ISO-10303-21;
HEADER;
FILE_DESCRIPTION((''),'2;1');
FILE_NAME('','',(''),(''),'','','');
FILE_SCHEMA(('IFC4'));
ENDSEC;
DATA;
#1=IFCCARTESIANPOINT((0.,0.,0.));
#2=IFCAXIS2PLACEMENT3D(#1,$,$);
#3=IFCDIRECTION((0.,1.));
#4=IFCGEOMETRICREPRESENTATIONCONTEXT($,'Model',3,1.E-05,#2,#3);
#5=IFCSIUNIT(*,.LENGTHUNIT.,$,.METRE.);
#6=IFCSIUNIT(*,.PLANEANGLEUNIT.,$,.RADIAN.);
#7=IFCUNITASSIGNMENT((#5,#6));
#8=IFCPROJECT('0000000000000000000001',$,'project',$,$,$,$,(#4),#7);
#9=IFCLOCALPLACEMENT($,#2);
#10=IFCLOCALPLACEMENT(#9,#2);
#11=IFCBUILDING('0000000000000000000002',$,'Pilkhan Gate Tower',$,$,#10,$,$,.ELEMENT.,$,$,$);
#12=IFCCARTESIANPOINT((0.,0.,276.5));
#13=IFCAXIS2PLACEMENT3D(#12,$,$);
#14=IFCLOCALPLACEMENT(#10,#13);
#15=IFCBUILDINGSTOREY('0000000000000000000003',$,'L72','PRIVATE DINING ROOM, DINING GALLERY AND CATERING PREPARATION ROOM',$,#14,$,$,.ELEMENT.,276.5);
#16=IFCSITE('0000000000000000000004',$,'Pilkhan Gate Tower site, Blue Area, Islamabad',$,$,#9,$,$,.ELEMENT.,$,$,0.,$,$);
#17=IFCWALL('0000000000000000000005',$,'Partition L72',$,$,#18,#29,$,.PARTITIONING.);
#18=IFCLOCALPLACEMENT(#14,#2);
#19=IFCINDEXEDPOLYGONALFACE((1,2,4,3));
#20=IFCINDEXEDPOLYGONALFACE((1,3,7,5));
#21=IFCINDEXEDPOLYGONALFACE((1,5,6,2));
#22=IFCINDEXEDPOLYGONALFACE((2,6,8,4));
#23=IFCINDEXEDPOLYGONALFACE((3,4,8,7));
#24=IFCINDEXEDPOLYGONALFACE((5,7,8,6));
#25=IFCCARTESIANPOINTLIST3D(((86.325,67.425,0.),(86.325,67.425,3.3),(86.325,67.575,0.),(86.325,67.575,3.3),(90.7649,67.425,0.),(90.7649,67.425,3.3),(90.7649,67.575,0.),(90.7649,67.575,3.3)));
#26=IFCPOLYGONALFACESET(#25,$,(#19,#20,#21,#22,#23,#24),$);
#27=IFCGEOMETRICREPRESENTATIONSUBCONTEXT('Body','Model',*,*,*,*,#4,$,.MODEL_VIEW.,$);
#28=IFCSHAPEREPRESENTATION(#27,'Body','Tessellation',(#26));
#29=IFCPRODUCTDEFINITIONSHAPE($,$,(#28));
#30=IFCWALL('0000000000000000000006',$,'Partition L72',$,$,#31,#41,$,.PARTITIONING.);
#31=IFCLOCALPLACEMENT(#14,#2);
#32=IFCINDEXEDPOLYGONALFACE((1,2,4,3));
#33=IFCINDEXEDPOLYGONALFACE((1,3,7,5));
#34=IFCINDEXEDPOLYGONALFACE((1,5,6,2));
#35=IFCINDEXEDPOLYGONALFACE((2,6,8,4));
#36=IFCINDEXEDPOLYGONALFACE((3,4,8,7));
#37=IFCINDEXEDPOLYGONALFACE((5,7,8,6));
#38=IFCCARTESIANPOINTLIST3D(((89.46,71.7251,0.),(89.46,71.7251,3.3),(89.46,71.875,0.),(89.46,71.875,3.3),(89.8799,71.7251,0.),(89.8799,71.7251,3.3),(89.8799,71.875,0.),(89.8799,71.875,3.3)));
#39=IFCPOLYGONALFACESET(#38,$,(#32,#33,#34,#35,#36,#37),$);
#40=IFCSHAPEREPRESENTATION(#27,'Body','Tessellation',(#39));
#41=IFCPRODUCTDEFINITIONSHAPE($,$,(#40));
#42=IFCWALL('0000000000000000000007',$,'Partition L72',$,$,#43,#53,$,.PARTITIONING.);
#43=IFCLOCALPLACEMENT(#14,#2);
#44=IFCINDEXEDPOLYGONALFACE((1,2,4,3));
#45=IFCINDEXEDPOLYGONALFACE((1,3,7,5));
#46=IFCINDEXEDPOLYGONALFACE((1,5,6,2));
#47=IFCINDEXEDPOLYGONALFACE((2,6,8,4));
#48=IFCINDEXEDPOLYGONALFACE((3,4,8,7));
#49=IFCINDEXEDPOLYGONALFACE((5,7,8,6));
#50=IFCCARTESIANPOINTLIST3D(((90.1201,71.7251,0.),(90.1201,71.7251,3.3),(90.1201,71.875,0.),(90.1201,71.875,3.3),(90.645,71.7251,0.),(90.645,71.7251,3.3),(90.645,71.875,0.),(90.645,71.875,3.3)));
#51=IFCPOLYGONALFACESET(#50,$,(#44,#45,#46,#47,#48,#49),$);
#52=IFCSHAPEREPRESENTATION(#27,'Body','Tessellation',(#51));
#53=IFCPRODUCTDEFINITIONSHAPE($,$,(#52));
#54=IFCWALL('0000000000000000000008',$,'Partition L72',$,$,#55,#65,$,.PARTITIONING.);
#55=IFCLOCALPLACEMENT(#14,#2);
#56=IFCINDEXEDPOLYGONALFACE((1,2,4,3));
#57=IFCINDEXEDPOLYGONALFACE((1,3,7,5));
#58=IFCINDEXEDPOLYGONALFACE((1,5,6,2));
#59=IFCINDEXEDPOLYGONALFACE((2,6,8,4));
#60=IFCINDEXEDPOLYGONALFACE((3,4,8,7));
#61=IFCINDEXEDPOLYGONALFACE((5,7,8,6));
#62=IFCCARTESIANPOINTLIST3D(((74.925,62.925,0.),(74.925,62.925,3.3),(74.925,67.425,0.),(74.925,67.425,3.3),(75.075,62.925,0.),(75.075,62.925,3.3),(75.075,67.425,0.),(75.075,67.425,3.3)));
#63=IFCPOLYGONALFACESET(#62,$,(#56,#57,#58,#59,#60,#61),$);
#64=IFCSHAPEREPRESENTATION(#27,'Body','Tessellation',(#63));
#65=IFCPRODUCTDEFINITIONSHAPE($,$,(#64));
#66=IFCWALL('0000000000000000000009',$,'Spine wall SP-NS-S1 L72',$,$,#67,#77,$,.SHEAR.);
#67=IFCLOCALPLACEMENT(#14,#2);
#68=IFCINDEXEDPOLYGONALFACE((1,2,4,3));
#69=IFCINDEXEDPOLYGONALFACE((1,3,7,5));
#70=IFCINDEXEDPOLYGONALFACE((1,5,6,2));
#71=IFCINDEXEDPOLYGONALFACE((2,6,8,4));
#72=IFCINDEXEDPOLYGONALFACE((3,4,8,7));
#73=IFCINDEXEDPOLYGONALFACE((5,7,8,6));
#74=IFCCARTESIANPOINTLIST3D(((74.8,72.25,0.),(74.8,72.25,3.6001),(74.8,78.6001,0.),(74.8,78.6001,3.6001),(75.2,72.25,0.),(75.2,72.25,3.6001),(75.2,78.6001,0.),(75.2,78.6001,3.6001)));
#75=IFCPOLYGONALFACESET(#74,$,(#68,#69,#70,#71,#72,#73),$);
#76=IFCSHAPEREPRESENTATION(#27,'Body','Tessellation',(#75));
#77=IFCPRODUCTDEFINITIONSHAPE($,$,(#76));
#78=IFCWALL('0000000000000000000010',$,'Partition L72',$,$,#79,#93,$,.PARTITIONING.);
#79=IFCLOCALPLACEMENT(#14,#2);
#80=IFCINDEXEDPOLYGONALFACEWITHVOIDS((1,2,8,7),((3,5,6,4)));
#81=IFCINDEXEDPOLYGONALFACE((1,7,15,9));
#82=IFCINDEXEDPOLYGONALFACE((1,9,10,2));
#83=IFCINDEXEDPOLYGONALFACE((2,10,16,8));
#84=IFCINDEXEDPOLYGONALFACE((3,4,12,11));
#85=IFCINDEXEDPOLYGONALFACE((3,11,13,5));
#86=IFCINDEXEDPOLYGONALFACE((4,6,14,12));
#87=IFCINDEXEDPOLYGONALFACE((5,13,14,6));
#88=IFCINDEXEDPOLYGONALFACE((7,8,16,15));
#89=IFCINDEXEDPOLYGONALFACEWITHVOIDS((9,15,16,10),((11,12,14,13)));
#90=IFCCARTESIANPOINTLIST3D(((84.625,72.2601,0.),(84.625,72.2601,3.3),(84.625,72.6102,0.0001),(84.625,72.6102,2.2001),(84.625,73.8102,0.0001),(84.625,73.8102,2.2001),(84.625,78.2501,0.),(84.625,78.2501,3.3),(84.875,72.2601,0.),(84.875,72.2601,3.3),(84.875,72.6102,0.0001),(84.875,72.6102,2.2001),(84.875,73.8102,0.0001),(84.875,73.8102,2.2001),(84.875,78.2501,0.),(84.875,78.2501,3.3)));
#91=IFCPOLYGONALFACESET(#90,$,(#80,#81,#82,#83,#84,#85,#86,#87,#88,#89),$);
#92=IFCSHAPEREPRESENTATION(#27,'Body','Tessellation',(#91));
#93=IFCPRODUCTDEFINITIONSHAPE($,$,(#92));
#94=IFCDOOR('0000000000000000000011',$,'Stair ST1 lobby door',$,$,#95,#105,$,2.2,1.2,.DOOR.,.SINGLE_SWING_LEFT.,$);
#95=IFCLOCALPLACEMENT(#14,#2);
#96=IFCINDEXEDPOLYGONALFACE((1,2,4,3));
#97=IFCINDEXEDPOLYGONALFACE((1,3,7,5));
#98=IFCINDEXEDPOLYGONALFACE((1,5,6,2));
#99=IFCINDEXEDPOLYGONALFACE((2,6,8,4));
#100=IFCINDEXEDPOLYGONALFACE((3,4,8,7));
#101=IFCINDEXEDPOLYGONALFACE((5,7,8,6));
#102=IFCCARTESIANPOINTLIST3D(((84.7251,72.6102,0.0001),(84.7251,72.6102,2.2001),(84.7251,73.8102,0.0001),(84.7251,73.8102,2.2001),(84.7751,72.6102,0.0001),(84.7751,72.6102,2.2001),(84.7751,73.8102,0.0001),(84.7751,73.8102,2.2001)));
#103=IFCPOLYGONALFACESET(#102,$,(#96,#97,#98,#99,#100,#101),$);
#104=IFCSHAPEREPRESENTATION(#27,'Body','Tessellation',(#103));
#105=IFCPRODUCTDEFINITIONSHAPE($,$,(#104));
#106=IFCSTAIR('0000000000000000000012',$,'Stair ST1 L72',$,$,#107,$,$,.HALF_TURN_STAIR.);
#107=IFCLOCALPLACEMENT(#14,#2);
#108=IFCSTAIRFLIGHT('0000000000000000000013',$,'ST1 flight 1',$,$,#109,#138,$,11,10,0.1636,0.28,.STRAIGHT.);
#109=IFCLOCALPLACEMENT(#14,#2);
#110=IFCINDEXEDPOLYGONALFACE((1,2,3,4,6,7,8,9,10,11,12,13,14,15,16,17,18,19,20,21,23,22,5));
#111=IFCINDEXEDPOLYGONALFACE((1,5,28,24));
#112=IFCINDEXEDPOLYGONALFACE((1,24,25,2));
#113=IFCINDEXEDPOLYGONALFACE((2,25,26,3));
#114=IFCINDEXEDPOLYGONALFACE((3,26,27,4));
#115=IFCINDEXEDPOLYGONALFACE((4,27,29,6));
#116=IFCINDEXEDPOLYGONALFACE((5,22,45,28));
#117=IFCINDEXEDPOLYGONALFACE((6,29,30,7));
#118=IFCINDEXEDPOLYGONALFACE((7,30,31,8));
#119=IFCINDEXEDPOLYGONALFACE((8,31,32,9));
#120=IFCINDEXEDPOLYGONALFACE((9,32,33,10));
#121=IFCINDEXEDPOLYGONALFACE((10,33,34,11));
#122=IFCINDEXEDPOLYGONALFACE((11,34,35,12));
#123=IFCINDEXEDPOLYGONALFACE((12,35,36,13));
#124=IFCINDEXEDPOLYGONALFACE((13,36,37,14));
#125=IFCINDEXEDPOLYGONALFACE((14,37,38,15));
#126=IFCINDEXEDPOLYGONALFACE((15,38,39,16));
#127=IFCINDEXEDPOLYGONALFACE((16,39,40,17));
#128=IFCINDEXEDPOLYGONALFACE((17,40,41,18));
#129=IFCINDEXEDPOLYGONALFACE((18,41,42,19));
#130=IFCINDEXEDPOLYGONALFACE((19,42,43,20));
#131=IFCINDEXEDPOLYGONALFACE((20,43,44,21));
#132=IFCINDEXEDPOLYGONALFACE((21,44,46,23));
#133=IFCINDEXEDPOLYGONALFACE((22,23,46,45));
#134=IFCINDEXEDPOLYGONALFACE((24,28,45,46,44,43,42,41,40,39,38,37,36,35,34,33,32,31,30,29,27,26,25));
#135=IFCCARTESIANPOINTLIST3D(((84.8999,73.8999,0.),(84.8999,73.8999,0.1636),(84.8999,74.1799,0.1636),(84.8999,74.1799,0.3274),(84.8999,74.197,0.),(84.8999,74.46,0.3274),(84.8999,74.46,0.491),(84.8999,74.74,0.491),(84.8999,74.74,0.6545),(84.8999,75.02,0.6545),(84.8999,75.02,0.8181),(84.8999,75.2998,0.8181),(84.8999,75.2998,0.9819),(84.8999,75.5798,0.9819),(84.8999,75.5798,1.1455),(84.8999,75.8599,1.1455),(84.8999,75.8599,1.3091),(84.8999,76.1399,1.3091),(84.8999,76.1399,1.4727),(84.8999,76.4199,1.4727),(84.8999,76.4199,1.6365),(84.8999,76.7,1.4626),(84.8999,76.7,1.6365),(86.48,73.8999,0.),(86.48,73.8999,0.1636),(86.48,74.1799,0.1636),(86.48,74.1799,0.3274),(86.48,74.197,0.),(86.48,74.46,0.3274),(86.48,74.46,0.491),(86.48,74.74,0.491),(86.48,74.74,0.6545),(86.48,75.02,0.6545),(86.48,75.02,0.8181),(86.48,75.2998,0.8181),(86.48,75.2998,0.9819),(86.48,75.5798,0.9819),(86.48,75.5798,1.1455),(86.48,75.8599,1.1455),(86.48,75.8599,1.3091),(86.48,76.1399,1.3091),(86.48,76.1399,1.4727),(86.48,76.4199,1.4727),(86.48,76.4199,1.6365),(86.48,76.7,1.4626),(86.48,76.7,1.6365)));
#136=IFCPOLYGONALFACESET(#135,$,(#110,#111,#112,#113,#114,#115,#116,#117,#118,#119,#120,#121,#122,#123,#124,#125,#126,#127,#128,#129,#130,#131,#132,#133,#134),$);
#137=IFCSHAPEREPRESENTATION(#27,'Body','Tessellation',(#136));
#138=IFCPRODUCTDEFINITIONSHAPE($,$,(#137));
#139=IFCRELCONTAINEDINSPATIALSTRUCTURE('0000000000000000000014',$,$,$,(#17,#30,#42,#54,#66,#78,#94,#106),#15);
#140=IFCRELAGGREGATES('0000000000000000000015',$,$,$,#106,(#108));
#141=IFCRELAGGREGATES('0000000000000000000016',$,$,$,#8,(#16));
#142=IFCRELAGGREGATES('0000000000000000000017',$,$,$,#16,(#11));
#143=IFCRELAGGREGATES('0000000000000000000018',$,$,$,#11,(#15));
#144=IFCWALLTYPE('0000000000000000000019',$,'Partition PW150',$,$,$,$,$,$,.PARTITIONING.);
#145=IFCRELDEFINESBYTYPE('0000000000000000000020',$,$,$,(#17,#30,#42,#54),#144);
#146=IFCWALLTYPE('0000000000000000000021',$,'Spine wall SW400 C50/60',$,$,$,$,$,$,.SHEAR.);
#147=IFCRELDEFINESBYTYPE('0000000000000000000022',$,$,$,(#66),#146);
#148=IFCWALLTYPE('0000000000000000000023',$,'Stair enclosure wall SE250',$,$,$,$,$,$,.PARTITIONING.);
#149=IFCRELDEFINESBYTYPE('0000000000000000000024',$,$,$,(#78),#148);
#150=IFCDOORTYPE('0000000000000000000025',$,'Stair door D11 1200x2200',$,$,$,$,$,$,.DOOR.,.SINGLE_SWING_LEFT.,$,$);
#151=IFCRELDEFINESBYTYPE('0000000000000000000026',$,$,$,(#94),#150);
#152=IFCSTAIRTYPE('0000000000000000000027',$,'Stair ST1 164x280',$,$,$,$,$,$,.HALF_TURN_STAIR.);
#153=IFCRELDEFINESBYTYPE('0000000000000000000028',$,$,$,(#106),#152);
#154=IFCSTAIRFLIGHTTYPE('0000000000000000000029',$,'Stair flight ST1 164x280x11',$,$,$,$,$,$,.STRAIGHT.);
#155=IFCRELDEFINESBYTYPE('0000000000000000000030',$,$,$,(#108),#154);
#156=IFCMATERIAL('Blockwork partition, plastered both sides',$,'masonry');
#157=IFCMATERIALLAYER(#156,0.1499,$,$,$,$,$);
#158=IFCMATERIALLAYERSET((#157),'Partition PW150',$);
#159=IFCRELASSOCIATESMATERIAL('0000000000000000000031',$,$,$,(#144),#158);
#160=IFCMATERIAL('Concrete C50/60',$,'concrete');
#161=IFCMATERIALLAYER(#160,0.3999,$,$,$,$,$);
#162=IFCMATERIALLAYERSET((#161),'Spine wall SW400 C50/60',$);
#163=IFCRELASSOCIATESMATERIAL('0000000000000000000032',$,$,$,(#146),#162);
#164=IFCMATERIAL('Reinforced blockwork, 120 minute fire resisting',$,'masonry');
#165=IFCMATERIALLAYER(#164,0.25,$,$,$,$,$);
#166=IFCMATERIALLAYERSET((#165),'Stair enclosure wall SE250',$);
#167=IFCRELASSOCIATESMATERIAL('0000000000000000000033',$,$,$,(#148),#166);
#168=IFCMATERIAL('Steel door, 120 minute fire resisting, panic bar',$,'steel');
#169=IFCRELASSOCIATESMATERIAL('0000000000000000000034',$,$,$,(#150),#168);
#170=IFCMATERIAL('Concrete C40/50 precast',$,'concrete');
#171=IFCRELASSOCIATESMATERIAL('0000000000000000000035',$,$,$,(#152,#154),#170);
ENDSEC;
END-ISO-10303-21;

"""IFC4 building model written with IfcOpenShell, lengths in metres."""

from ifc_helpers import new_model, si_unit, direction, frame, frame_2d, origin, place, context, subcontext, project, spatial, polyline, rectangle, outline, extrude, material, layer, layer_set, type_object, element, fill, aggregate, save


model = new_model("IFC4")

# Units and contexts
model_context = context("Model", 3, precision=1e-05, world=origin(), true_north=direction((0.0, 1.0)))
body_context = subcontext(model_context, "Body", "Model", "MODEL_VIEW")
ifc_project = project(units=[si_unit("LENGTHUNIT", "METRE"), si_unit("PLANEANGLEUNIT", "RADIAN")], contexts=[model_context])

# Site, building, storey
site_placement = place(None, origin())
site = spatial("IfcSite", under=ifc_project, at=site_placement, Name="Pilkhan Gate Tower site, Blue Area, Islamabad", CompositionType="ELEMENT", RefElevation=0.0)
building_placement = place(site_placement, origin())
building = spatial("IfcBuilding", under=site, at=building_placement, Name="Pilkhan Gate Tower", CompositionType="ELEMENT")
storey_placement = place(building_placement, frame((0.0, 0.0, 276.5)))
storey = spatial("IfcBuildingStorey", under=building, at=storey_placement, Name="L72", Description="PRIVATE DINING ROOM, DINING GALLERY AND CATERING PREPARATION ROOM", CompositionType="ELEMENT", Elevation=276.5)

# Shared definitions
ifc_material_1 = material(Name="Concrete C50/60", Category="concrete")

# Walls
ifc_material_2 = material(Name="Blockwork partition, plastered both sides", Category="masonry")
ifc_layer_1 = layer(ifc_material_2, 0.1499)
ifc_layer_set_1 = layer_set([ifc_layer_1], Name="Partition PW150")
wall_type_1 = type_object("IfcWallType", Name="Partition PW150", PredefinedType="PARTITIONING", material=ifc_layer_set_1)
wall_1_placement = place(storey_placement, frame((86.325, 67.5, 0.0), z_axis=(0.0, 0.0, 1.0), x_axis=(1.0, 0.0, 0.0)))
element("IfcWall", 1, at=wall_1_placement, inside=storey, type_object=wall_type_1, Name="Partition L72", PredefinedType="PARTITIONING", context=body_context, shape_type="SweptSolid", body=[
    extrude(rectangle(XDim=4.4399, YDim=0.1499, at=frame_2d((2.22, 0.0))), origin(), (0.0, 0.0, 1.0), 3.3),
])
wall_2_placement = place(storey_placement, frame((89.46, 71.8, 0.0), z_axis=(0.0, 0.0, 1.0), x_axis=(1.0, 0.0, 0.0)))
element("IfcWall", 2, at=wall_2_placement, inside=storey, type_object=wall_type_1, Name="Partition L72", PredefinedType="PARTITIONING", context=body_context, shape_type="SweptSolid", body=[
    extrude(rectangle(XDim=0.4199, YDim=0.1499, at=frame_2d((0.21, 0.0))), origin(), (0.0, 0.0, 1.0), 3.3),
])
wall_3_placement = place(storey_placement, frame((90.1201, 71.8, 0.0), z_axis=(0.0, 0.0, 1.0), x_axis=(1.0, 0.0, 0.0)))
element("IfcWall", 3, at=wall_3_placement, inside=storey, type_object=wall_type_1, Name="Partition L72", PredefinedType="PARTITIONING", context=body_context, shape_type="SweptSolid", body=[
    extrude(rectangle(XDim=0.5249, YDim=0.1499, at=frame_2d((0.2625, 0.0))), origin(), (0.0, 0.0, 1.0), 3.3),
])
wall_4_placement = place(storey_placement, frame((75.0, 62.925, 0.0), z_axis=(0.0, 0.0, 1.0), x_axis=(0.0, 1.0, 0.0)))
element("IfcWall", 4, at=wall_4_placement, inside=storey, type_object=wall_type_1, Name="Partition L72", PredefinedType="PARTITIONING", context=body_context, shape_type="SweptSolid", body=[
    extrude(rectangle(XDim=4.5, YDim=0.1499, at=frame_2d((2.25, 0.0))), origin(), (0.0, 0.0, 1.0), 3.3),
])
ifc_layer_2 = layer(ifc_material_1, 0.3999)
ifc_layer_set_2 = layer_set([ifc_layer_2], Name="Spine wall SW400 C50/60")
wall_type_2 = type_object("IfcWallType", Name="Spine wall SW400 C50/60", PredefinedType="SHEAR", material=ifc_layer_set_2)
wall_5_placement = place(storey_placement, frame((75.0, 72.25, 0.0), z_axis=(0.0, 0.0, 1.0), x_axis=(0.0, 1.0, 0.0)))
element("IfcWall", 5, at=wall_5_placement, inside=storey, type_object=wall_type_2, Name="Spine wall SP-NS-S1 L72", PredefinedType="SHEAR", context=body_context, shape_type="SweptSolid", body=[
    extrude(rectangle(XDim=6.3501, YDim=0.3999, at=frame_2d((3.175, 0.0))), origin(), (0.0, 0.0, 1.0), 3.6001),
])

# Wall, opening, door
ifc_material_3 = material(Name="Reinforced blockwork, 120 minute fire resisting", Category="masonry")
ifc_layer_3 = layer(ifc_material_3, 0.25)
ifc_layer_set_3 = layer_set([ifc_layer_3], Name="Stair enclosure wall SE250")
wall_type_3 = type_object("IfcWallType", Name="Stair enclosure wall SE250", PredefinedType="PARTITIONING", material=ifc_layer_set_3)
wall_6_placement = place(storey_placement, frame((84.75, 72.26, 0.0), z_axis=(0.0, 0.0, 1.0), x_axis=(0.0, 1.0, 0.0)))
wall_6 = element("IfcWall", 6, at=wall_6_placement, inside=storey, type_object=wall_type_3, Name="Partition L72", PredefinedType="PARTITIONING", context=body_context, shape_type="SweptSolid", body=[
    extrude(rectangle(XDim=5.99, YDim=0.25, at=frame_2d((2.9951, 0.0))), origin(), (0.0, 0.0, 1.0), 3.3),
])
opening_1_placement = place(wall_6_placement, frame((0.3501, 0.0, 0.0)))
opening_1 = element("IfcOpeningElement", 7, at=opening_1_placement, cuts=wall_6, PredefinedType="OPENING", context=body_context, shape_type="SweptSolid", body=[
    extrude(rectangle(XDim=1.2, YDim=2.2, at=frame_2d((0.6001, 1.1001))), frame((0.0, 0.135, 0.0), z_axis=(0.0, -1.0, 0.0), x_axis=(1.0, 0.0, 0.0)), (0.0, 0.0, 1.0), 0.27),
])
ifc_material_4 = material(Name="Steel door, 120 minute fire resisting, panic bar", Category="steel")
door_type_1 = type_object("IfcDoorType", Name="Stair door D11 1200x2200", OperationType="SINGLE_SWING_LEFT", PredefinedType="DOOR", material=ifc_material_4)
door_1_placement = place(opening_1_placement, origin())
door_1 = element("IfcDoor", 8, at=door_1_placement, inside=storey, type_object=door_type_1, Name="Stair ST1 lobby door", OperationType="SINGLE_SWING_LEFT", OverallHeight=2.2, OverallWidth=1.2, PredefinedType="DOOR", context=body_context, shape_type="SweptSolid", body=[
    extrude(rectangle(XDim=1.2, YDim=2.2, at=frame_2d((0.6001, 1.1001))), frame((0.0, 0.0249, 0.0), z_axis=(0.0, -1.0, 0.0), x_axis=(1.0, 0.0, 0.0)), (0.0, 0.0, 1.0), 0.05),
])
fill(opening_1, door_1)

# Stair, stair flight
ifc_material_5 = material(Name="Concrete C40/50 precast", Category="concrete")
stair_type = type_object("IfcStairType", Name="Stair ST1 164x280", PredefinedType="HALF_TURN_STAIR", material=ifc_material_5)
stair_placement = place(storey_placement, origin())
stair = element("IfcStair", 9, at=stair_placement, inside=storey, type_object=stair_type, Name="Stair ST1 L72", PredefinedType="HALF_TURN_STAIR")
stair_flight_type = type_object("IfcStairFlightType", Name="Stair flight ST1 164x280x11", PredefinedType="STRAIGHT", material=ifc_material_5)
stair_flight_placement = place(storey_placement, frame((85.6899, 73.8999, 0.0), z_axis=(0.0, 0.0, 1.0), x_axis=(0.0, 1.0, 0.0)))
stair_flight = element("IfcStairFlight", 10, at=stair_flight_placement, type_object=stair_flight_type, Name="ST1 flight 1", NumberOfRisers=11, NumberOfTreads=10, PredefinedType="STRAIGHT", RiserHeight=0.1636, TreadLength=0.28, context=body_context, shape_type="SweptSolid", body=[
    extrude(outline(polyline([(0.0, 0.0), (0.0, 0.1636), (0.28, 0.1636), (0.28, 0.3274), (0.5601, 0.3274), (0.5601, 0.491), (0.8401, 0.491), (0.8401, 0.6545), (1.1201, 0.6545), (1.1201, 0.8181), (1.3999, 0.8181), (1.3999, 0.9819), (1.6799, 0.9819), (1.6799, 1.1455), (1.96, 1.1455), (1.96, 1.3091), (2.24, 1.3091), (2.24, 1.4727), (2.52, 1.4727), (2.52, 1.6365), (2.8, 1.6365), (2.8, 1.8), (2.8, 1.4626), (0.2971, 0.0), (0.0, 0.0)])), frame((0.0, 0.79, 0.0), z_axis=(0.0, -1.0, 0.0), x_axis=(1.0, 0.0, 0.0)), (0.0, 0.0, 1.0), 1.5801),
])
aggregate(stair, [stair_flight])

save(model, "model.ifc")
